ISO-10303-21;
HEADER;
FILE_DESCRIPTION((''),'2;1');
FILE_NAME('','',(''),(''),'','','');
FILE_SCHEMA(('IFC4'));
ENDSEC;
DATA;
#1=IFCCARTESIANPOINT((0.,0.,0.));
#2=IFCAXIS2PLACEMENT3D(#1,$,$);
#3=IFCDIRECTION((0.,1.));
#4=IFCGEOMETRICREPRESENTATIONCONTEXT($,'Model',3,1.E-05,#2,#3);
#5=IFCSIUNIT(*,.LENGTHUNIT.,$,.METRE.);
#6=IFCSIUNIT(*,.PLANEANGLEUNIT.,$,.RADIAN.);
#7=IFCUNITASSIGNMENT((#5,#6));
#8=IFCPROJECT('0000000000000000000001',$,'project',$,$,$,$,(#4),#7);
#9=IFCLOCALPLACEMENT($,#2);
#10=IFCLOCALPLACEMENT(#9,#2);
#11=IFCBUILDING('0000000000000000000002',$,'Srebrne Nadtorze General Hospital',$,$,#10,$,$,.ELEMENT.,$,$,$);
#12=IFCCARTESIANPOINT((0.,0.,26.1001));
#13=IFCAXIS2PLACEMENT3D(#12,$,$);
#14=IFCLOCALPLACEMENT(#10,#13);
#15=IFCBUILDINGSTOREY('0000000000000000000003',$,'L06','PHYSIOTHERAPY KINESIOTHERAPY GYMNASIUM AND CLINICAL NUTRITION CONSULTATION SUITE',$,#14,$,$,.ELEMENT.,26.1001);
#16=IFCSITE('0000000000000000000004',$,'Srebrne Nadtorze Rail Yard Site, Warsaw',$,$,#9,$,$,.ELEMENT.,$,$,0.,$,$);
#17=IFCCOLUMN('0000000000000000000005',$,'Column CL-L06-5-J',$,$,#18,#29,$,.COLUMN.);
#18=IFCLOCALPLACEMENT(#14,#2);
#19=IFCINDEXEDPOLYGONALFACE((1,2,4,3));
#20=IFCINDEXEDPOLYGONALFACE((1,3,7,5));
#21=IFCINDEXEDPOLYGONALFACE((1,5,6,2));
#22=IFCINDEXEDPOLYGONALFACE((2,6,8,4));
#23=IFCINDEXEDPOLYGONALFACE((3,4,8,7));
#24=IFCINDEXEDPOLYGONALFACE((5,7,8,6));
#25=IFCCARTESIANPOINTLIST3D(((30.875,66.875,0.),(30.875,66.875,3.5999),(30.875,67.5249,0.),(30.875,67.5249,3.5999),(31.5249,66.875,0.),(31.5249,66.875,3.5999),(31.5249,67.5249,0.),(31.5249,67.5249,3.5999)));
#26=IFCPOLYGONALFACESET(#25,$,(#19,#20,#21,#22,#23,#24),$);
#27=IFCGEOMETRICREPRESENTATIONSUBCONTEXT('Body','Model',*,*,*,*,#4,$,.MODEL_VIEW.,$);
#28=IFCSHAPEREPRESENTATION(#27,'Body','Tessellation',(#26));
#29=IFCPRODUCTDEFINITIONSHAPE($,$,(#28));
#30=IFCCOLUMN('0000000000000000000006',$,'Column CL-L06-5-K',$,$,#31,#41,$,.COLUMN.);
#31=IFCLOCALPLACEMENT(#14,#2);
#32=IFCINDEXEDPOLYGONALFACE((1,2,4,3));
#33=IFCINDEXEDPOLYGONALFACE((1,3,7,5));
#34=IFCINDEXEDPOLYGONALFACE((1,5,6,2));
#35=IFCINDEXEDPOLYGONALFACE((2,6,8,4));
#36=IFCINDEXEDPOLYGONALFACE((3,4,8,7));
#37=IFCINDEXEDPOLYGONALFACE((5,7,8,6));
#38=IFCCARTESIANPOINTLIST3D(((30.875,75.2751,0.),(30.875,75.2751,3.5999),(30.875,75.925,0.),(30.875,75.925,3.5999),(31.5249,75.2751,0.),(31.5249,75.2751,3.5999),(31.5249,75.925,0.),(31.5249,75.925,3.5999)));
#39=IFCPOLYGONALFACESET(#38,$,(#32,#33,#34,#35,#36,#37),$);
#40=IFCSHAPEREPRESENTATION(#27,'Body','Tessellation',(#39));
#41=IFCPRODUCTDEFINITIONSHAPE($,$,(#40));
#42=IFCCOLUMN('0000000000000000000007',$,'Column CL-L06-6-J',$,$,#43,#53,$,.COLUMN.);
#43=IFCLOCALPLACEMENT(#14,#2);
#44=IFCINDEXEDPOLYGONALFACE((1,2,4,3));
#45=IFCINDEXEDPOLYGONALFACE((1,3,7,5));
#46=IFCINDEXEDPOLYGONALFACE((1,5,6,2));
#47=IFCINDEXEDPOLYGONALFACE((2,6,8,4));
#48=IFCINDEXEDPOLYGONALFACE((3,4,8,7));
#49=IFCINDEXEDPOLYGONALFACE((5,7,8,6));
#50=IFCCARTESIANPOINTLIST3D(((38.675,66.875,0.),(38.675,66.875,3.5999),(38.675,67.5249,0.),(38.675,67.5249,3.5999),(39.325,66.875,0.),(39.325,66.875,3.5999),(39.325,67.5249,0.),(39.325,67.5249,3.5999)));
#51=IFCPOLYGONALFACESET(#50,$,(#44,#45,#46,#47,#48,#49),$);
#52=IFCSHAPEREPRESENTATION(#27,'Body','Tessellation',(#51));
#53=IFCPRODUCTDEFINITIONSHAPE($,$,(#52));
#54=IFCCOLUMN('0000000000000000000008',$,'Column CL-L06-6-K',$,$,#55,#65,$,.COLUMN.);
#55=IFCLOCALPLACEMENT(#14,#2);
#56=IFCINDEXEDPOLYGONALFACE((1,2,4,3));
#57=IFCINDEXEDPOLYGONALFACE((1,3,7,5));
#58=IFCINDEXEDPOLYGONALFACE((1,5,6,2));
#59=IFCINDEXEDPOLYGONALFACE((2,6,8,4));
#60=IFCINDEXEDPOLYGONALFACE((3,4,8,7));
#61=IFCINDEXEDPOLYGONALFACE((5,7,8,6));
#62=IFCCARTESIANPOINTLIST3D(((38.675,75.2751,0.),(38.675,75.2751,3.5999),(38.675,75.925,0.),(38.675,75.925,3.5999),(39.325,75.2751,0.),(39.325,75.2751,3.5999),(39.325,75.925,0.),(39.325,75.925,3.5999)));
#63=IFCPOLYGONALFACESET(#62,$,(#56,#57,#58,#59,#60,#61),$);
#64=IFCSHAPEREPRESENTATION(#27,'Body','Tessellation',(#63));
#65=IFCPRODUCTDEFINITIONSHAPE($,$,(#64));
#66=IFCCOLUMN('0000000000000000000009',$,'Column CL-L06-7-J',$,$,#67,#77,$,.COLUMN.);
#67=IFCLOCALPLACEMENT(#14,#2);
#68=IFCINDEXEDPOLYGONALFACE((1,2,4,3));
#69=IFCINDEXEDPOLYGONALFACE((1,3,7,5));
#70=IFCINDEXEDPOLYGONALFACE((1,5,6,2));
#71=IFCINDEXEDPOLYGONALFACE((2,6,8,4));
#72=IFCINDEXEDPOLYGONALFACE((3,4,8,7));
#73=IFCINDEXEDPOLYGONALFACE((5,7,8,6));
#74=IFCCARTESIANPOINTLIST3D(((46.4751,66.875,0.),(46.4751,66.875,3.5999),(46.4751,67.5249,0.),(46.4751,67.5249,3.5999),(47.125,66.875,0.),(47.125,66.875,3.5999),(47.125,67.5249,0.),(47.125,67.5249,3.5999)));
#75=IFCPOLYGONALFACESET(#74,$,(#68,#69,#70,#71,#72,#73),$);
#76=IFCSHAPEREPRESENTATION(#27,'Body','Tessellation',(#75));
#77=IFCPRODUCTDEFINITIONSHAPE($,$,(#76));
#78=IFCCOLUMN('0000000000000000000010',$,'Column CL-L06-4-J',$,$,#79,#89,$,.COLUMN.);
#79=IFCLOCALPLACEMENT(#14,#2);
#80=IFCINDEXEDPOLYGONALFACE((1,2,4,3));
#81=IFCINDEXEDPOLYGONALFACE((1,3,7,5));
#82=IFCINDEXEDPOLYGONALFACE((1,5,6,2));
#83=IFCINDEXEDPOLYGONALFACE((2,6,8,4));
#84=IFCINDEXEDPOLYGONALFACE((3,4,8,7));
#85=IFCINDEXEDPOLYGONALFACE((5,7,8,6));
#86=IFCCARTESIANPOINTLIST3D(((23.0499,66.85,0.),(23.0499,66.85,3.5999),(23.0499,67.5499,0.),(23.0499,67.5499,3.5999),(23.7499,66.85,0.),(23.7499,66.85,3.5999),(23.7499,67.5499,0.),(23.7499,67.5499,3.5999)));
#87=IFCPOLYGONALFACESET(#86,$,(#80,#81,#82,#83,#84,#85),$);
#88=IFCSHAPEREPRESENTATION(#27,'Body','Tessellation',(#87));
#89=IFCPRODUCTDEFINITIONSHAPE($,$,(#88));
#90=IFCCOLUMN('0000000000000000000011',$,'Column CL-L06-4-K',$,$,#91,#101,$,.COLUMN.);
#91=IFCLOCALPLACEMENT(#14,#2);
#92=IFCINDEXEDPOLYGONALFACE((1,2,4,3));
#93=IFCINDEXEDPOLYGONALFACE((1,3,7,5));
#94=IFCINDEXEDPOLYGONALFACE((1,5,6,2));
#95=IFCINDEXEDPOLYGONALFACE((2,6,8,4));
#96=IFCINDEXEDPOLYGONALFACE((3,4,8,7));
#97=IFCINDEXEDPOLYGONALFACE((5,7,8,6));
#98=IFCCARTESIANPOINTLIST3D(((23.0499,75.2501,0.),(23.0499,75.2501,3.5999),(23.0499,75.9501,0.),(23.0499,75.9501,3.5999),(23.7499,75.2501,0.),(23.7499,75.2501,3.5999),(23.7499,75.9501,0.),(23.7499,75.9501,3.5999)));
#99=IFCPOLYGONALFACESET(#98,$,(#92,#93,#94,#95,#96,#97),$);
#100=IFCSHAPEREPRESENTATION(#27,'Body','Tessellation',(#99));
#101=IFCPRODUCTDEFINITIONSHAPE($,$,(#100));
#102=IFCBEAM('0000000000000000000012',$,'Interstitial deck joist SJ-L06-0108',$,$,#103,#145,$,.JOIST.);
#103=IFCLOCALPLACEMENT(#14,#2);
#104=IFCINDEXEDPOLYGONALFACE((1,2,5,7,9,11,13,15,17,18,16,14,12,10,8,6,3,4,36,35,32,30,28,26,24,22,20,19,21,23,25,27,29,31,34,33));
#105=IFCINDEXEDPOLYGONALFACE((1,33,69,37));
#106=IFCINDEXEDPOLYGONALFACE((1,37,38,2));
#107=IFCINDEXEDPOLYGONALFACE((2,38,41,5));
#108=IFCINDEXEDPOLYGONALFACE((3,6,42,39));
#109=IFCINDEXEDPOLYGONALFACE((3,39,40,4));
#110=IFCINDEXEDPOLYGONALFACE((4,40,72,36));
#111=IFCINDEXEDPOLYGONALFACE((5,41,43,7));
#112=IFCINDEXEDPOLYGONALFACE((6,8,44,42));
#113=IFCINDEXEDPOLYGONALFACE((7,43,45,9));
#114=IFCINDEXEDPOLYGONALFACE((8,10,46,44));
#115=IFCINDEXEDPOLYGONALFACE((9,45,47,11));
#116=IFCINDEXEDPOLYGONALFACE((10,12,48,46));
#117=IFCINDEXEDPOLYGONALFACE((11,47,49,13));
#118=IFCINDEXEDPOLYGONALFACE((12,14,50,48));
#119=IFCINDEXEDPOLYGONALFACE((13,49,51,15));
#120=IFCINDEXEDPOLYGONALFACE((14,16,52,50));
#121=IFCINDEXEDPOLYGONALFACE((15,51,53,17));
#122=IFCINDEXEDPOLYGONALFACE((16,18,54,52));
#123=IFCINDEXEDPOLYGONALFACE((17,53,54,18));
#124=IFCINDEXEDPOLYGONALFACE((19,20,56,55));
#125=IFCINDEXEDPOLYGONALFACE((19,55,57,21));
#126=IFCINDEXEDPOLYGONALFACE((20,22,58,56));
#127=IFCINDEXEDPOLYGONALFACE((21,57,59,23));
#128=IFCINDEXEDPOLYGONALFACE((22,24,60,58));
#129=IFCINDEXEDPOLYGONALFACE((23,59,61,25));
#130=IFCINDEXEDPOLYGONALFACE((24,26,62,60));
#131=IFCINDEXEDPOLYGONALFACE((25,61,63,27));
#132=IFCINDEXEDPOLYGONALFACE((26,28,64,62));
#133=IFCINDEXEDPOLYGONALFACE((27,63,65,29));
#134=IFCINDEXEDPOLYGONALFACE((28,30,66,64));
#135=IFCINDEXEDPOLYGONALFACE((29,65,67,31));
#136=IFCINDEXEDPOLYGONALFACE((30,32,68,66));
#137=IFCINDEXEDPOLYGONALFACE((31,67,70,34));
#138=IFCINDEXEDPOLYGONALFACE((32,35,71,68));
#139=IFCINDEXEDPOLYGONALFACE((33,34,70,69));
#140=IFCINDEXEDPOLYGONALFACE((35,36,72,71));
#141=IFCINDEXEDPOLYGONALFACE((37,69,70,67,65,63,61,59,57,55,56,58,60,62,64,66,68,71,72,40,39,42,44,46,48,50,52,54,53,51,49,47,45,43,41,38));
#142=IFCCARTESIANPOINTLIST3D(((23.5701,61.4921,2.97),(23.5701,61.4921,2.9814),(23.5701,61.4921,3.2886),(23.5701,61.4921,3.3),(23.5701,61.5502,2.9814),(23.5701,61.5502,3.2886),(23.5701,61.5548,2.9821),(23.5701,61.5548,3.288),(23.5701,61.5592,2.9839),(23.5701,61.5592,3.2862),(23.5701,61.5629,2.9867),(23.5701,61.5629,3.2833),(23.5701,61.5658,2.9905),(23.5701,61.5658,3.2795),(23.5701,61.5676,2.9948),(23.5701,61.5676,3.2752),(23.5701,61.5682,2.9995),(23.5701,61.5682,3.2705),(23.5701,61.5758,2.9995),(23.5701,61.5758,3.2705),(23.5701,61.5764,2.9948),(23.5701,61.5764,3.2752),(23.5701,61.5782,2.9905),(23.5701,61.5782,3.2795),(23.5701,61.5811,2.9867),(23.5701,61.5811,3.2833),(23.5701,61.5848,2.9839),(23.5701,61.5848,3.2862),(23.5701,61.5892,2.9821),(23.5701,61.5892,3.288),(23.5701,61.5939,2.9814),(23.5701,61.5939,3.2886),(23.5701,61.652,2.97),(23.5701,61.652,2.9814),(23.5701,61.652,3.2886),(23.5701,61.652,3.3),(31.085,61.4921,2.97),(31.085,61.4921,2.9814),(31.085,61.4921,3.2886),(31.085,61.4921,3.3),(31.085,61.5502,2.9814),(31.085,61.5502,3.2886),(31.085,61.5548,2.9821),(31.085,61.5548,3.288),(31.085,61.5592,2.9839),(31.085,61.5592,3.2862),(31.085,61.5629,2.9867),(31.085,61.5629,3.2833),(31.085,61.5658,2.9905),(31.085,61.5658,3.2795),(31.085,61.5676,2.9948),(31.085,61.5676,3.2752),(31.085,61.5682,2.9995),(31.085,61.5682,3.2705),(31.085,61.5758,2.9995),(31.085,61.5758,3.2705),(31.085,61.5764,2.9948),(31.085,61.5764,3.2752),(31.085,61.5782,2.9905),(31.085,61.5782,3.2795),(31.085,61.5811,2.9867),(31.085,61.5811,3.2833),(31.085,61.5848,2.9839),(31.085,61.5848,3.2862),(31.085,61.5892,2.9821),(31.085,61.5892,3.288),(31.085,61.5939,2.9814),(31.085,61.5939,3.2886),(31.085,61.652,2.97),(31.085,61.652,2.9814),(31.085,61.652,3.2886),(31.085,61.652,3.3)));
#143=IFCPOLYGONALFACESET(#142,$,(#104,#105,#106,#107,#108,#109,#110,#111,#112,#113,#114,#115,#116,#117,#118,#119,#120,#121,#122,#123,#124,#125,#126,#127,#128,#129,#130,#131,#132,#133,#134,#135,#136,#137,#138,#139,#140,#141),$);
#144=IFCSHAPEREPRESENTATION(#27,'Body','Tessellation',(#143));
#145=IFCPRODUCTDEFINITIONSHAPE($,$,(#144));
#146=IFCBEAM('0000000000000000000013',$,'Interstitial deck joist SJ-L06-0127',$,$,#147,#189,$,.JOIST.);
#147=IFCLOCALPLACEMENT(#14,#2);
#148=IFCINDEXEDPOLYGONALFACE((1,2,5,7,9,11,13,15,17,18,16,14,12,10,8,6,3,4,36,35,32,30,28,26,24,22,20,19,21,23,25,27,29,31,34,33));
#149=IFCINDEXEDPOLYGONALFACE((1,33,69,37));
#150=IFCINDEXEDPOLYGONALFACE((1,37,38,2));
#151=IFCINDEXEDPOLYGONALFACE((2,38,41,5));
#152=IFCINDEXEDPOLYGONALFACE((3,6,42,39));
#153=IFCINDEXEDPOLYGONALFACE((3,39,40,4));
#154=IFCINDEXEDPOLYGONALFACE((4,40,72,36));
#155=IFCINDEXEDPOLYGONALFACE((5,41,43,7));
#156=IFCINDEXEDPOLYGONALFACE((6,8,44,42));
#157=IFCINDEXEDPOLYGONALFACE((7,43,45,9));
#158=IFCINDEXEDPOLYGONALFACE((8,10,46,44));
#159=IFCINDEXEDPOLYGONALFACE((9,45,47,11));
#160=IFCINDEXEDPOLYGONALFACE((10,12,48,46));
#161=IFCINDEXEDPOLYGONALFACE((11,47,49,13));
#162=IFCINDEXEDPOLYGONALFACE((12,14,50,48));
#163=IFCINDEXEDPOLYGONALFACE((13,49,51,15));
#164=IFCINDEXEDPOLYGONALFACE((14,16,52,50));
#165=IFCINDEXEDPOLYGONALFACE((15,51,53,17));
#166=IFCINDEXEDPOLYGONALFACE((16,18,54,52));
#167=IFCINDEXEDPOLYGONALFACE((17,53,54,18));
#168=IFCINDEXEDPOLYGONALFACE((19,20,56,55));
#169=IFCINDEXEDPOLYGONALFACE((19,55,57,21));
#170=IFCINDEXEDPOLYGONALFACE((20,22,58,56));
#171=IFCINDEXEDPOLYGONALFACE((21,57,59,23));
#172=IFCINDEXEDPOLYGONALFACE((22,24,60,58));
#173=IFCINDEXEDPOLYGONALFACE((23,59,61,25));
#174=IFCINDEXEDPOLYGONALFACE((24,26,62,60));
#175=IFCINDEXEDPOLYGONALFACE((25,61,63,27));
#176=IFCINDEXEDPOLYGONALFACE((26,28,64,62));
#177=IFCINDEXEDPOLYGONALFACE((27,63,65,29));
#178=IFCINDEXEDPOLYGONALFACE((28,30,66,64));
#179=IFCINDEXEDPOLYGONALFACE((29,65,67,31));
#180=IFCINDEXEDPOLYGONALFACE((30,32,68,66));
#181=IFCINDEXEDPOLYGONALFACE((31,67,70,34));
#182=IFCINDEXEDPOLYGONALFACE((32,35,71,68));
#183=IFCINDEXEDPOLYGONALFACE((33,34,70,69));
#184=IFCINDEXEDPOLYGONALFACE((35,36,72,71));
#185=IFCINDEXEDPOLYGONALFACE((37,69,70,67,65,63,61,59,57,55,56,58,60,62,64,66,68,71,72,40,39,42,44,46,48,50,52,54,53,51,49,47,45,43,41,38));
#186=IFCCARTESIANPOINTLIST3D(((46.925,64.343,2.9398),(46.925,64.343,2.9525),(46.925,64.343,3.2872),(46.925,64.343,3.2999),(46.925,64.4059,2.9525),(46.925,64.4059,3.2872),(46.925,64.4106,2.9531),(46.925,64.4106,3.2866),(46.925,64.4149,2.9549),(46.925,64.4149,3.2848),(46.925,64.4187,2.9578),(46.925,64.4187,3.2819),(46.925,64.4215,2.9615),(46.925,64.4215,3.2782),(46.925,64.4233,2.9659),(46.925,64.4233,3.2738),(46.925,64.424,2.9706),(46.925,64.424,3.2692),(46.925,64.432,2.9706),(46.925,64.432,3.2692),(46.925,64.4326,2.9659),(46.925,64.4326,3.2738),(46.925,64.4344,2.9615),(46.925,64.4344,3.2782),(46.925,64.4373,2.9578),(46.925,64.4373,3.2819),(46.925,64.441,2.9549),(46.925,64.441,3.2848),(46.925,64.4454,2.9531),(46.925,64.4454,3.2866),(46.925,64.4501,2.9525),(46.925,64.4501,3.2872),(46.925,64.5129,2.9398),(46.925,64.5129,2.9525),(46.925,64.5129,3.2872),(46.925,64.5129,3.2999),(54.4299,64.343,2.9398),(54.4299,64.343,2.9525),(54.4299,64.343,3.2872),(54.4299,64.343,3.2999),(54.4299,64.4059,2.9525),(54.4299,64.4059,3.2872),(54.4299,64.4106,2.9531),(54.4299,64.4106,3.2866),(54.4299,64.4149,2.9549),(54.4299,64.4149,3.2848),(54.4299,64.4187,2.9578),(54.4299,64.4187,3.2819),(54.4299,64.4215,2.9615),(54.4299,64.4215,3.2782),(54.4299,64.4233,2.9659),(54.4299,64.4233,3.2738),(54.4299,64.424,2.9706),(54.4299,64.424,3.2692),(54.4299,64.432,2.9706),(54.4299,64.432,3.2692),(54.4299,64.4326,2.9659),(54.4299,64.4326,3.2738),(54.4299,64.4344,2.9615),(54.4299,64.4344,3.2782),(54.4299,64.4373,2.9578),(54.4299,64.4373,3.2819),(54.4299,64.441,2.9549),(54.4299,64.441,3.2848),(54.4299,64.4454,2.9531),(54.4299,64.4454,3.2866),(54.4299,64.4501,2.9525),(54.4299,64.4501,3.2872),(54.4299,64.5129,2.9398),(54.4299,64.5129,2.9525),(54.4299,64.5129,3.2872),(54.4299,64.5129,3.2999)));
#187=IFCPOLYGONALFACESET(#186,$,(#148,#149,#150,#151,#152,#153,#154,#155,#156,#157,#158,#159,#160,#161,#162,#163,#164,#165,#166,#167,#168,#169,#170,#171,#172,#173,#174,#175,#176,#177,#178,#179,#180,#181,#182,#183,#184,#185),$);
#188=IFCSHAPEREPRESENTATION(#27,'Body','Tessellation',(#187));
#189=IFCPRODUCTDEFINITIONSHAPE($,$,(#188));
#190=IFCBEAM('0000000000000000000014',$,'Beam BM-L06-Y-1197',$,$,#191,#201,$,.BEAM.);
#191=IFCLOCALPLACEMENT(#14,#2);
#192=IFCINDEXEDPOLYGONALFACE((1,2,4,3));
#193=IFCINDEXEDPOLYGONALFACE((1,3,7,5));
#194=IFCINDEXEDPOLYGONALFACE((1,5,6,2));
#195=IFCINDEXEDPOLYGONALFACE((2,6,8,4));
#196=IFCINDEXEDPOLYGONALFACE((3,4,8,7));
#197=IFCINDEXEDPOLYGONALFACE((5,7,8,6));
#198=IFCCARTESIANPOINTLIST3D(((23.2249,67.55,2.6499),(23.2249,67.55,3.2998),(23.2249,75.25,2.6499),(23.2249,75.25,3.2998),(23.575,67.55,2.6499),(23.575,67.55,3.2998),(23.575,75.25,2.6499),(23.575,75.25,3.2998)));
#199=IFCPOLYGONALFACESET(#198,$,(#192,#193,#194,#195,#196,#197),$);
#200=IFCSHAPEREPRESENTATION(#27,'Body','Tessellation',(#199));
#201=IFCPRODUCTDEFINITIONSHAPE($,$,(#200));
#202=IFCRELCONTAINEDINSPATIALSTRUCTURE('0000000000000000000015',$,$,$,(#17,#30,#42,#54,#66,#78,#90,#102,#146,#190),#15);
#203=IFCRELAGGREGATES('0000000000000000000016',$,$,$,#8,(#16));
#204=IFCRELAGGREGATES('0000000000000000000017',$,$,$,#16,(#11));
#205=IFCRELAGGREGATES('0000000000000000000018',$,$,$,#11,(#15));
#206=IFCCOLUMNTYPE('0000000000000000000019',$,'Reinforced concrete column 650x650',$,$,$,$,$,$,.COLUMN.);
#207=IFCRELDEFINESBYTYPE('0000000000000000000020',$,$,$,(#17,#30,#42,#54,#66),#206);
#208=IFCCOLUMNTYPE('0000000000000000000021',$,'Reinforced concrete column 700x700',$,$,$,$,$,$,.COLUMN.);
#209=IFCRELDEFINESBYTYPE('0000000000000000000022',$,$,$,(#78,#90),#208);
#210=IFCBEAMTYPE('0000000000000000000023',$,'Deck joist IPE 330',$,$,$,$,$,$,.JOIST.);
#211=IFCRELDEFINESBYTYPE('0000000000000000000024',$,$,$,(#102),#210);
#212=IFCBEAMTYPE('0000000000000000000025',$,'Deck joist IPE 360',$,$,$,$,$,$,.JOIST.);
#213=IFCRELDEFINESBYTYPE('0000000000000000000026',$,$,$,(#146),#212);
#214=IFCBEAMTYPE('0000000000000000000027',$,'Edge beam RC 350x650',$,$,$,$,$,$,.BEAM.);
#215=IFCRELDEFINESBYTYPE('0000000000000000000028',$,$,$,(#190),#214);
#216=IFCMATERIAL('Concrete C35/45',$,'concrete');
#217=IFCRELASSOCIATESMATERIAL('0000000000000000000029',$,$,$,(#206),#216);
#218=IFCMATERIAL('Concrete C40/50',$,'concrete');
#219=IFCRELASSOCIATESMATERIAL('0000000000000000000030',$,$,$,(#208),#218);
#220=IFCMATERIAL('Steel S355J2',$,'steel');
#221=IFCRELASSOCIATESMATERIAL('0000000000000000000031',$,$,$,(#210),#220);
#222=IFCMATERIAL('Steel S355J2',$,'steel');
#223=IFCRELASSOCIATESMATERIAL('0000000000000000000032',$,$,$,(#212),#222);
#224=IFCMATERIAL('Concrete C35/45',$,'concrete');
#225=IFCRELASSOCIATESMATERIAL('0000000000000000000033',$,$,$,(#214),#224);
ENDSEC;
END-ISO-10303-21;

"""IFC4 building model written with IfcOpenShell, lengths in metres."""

from ifc_helpers import new_model, si_unit, direction, frame, origin, origin_2d, place, context, subcontext, project, spatial, rectangle, i_section, extrude, material, material_profile, profile_set, type_object, element, save


model = new_model("IFC4")

# Units and contexts
model_context = context("Model", 3, precision=1e-05, world=origin(), true_north=direction((0.0, 1.0)))
body_context = subcontext(model_context, "Body", "Model", "MODEL_VIEW")
ifc_project = project(units=[si_unit("LENGTHUNIT", "METRE"), si_unit("PLANEANGLEUNIT", "RADIAN")], contexts=[model_context])

# Site, building, storey
site_placement = place(None, origin())
site = spatial("IfcSite", under=ifc_project, at=site_placement, Name="Srebrne Nadtorze Rail Yard Site, Warsaw", CompositionType="ELEMENT", RefElevation=0.0)
building_placement = place(site_placement, origin())
building = spatial("IfcBuilding", under=site, at=building_placement, Name="Srebrne Nadtorze General Hospital", CompositionType="ELEMENT")
storey_placement = place(building_placement, frame((0.0, 0.0, 26.1001)))
storey = spatial("IfcBuildingStorey", under=building, at=storey_placement, Name="L06", Description="PHYSIOTHERAPY KINESIOTHERAPY GYMNASIUM AND CLINICAL NUTRITION CONSULTATION SUITE", CompositionType="ELEMENT", Elevation=26.1001)

# Columns
ifc_material_1 = material(Name="Concrete C35/45", Category="concrete")
ifc_material_profile_1 = material_profile(ifc_material_1, rectangle(XDim=0.6499, YDim=0.6499, at=origin_2d()), Name="RC-COL-650x650")
ifc_profile_set_1 = profile_set([ifc_material_profile_1], Name="Concrete C35/45")
column_type_1 = type_object("IfcColumnType", Name="Reinforced concrete column 650x650", PredefinedType="COLUMN", material=ifc_profile_set_1)
for number, where, z_axis, x_axis, name in (
    (1, (31.2, 67.2, 0.0), (0.0, 0.0, 1.0), (1.0, 0.0, 0.0), "Column CL-L06-5-J"),
    (2, (31.2, 75.6001, 0.0), (0.0, 0.0, 1.0), (1.0, 0.0, 0.0), "Column CL-L06-5-K"),
    (3, (39.0, 67.2, 0.0), (0.0, 0.0, 1.0), (1.0, 0.0, 0.0), "Column CL-L06-6-J"),
    (4, (39.0, 75.6001, 0.0), (0.0, 0.0, 1.0), (1.0, 0.0, 0.0), "Column CL-L06-6-K"),
    (5, (46.8, 67.2, 0.0), (0.0, 0.0, 1.0), (1.0, 0.0, 0.0), "Column CL-L06-7-J"),
):
    element("IfcColumn", number, at=place(storey_placement, frame(where, z_axis=z_axis, x_axis=x_axis)), inside=storey, type_object=column_type_1, Name=name, PredefinedType="COLUMN", context=body_context, shape_type="SweptSolid", body=[
        extrude(rectangle(XDim=0.6499, YDim=0.6499, at=origin_2d()), origin(), (0.0, 0.0, 1.0), 3.5999),
    ])
ifc_material_2 = material(Name="Concrete C40/50", Category="concrete")
ifc_material_profile_2 = material_profile(ifc_material_2, rectangle(XDim=0.7, YDim=0.7, at=origin_2d()), Name="RC-COL-700x700")
ifc_profile_set_2 = profile_set([ifc_material_profile_2], Name="Concrete C40/50")
column_type_2 = type_object("IfcColumnType", Name="Reinforced concrete column 700x700", PredefinedType="COLUMN", material=ifc_profile_set_2)
for number, where, z_axis, x_axis, name in (
    (6, (23.3999, 67.2, 0.0), (0.0, 0.0, 1.0), (1.0, 0.0, 0.0), "Column CL-L06-4-J"),
    (7, (23.3999, 75.6001, 0.0), (0.0, 0.0, 1.0), (1.0, 0.0, 0.0), "Column CL-L06-4-K"),
):
    element("IfcColumn", number, at=place(storey_placement, frame(where, z_axis=z_axis, x_axis=x_axis)), inside=storey, type_object=column_type_2, Name=name, PredefinedType="COLUMN", context=body_context, shape_type="SweptSolid", body=[
        extrude(rectangle(XDim=0.7, YDim=0.7, at=origin_2d()), origin(), (0.0, 0.0, 1.0), 3.5999),
    ])

# Beams
ifc_material_3 = material(Name="Steel S355J2", Category="steel")
ifc_material_profile_3 = material_profile(ifc_material_3, i_section(OverallWidth=0.1599, OverallDepth=0.3301, WebThickness=0.0076, FlangeThickness=0.0115, FilletRadius=0.0181, at=origin_2d()), Name="IPE-330")
ifc_profile_set_3 = profile_set([ifc_material_profile_3], Name="Steel S355J2")
beam_type_1 = type_object("IfcBeamType", Name="Deck joist IPE 330", PredefinedType="JOIST", material=ifc_profile_set_3)
beam_1_placement = place(storey_placement, frame((23.5701, 61.572, 3.135), z_axis=(1.0, 0.0, 0.0), x_axis=(0.0, 1.0, 0.0)))
element("IfcBeam", 8, at=beam_1_placement, inside=storey, type_object=beam_type_1, Name="Interstitial deck joist SJ-L06-0108", PredefinedType="JOIST", context=body_context, shape_type="SweptSolid", body=[
    extrude(i_section(OverallWidth=0.1599, OverallDepth=0.3301, WebThickness=0.0076, FlangeThickness=0.0115, FilletRadius=0.0181, at=origin_2d()), origin(), (0.0, 0.0, 1.0), 7.5149),
])
ifc_material_4 = material(Name="Steel S355J2", Category="steel")
ifc_material_profile_4 = material_profile(ifc_material_4, i_section(OverallWidth=0.1699, OverallDepth=0.3601, WebThickness=0.0081, FlangeThickness=0.0127, FilletRadius=0.0181, at=origin_2d()), Name="IPE-360")
ifc_profile_set_4 = profile_set([ifc_material_profile_4], Name="Steel S355J2")
beam_type_2 = type_object("IfcBeamType", Name="Deck joist IPE 360", PredefinedType="JOIST", material=ifc_profile_set_4)
beam_2_placement = place(storey_placement, frame((46.925, 64.428, 3.1199), z_axis=(1.0, 0.0, 0.0), x_axis=(0.0, 1.0, 0.0)))
element("IfcBeam", 9, at=beam_2_placement, inside=storey, type_object=beam_type_2, Name="Interstitial deck joist SJ-L06-0127", PredefinedType="JOIST", context=body_context, shape_type="SweptSolid", body=[
    extrude(i_section(OverallWidth=0.1699, OverallDepth=0.3601, WebThickness=0.0081, FlangeThickness=0.0127, FilletRadius=0.0181, at=origin_2d()), origin(), (0.0, 0.0, 1.0), 7.5049),
])
ifc_material_5 = material(Name="Concrete C35/45", Category="concrete")
ifc_material_profile_5 = material_profile(ifc_material_5, rectangle(XDim=0.3501, YDim=0.6499, at=origin_2d()), Name="RC-BM-350x650")
ifc_profile_set_5 = profile_set([ifc_material_profile_5], Name="Concrete C35/45")
beam_type_3 = type_object("IfcBeamType", Name="Edge beam RC 350x650", PredefinedType="BEAM", material=ifc_profile_set_5)
beam_3_placement = place(storey_placement, frame((23.3999, 67.55, 2.9749), z_axis=(0.0, 1.0, 0.0), x_axis=(-1.0, 0.0, 0.0)))
element("IfcBeam", 10, at=beam_3_placement, inside=storey, type_object=beam_type_3, Name="Beam BM-L06-Y-1197", PredefinedType="BEAM", context=body_context, shape_type="SweptSolid", body=[
    extrude(rectangle(XDim=0.3501, YDim=0.6499, at=origin_2d()), origin(), (0.0, 0.0, 1.0), 7.7),
])

save(model, "model.ifc")
